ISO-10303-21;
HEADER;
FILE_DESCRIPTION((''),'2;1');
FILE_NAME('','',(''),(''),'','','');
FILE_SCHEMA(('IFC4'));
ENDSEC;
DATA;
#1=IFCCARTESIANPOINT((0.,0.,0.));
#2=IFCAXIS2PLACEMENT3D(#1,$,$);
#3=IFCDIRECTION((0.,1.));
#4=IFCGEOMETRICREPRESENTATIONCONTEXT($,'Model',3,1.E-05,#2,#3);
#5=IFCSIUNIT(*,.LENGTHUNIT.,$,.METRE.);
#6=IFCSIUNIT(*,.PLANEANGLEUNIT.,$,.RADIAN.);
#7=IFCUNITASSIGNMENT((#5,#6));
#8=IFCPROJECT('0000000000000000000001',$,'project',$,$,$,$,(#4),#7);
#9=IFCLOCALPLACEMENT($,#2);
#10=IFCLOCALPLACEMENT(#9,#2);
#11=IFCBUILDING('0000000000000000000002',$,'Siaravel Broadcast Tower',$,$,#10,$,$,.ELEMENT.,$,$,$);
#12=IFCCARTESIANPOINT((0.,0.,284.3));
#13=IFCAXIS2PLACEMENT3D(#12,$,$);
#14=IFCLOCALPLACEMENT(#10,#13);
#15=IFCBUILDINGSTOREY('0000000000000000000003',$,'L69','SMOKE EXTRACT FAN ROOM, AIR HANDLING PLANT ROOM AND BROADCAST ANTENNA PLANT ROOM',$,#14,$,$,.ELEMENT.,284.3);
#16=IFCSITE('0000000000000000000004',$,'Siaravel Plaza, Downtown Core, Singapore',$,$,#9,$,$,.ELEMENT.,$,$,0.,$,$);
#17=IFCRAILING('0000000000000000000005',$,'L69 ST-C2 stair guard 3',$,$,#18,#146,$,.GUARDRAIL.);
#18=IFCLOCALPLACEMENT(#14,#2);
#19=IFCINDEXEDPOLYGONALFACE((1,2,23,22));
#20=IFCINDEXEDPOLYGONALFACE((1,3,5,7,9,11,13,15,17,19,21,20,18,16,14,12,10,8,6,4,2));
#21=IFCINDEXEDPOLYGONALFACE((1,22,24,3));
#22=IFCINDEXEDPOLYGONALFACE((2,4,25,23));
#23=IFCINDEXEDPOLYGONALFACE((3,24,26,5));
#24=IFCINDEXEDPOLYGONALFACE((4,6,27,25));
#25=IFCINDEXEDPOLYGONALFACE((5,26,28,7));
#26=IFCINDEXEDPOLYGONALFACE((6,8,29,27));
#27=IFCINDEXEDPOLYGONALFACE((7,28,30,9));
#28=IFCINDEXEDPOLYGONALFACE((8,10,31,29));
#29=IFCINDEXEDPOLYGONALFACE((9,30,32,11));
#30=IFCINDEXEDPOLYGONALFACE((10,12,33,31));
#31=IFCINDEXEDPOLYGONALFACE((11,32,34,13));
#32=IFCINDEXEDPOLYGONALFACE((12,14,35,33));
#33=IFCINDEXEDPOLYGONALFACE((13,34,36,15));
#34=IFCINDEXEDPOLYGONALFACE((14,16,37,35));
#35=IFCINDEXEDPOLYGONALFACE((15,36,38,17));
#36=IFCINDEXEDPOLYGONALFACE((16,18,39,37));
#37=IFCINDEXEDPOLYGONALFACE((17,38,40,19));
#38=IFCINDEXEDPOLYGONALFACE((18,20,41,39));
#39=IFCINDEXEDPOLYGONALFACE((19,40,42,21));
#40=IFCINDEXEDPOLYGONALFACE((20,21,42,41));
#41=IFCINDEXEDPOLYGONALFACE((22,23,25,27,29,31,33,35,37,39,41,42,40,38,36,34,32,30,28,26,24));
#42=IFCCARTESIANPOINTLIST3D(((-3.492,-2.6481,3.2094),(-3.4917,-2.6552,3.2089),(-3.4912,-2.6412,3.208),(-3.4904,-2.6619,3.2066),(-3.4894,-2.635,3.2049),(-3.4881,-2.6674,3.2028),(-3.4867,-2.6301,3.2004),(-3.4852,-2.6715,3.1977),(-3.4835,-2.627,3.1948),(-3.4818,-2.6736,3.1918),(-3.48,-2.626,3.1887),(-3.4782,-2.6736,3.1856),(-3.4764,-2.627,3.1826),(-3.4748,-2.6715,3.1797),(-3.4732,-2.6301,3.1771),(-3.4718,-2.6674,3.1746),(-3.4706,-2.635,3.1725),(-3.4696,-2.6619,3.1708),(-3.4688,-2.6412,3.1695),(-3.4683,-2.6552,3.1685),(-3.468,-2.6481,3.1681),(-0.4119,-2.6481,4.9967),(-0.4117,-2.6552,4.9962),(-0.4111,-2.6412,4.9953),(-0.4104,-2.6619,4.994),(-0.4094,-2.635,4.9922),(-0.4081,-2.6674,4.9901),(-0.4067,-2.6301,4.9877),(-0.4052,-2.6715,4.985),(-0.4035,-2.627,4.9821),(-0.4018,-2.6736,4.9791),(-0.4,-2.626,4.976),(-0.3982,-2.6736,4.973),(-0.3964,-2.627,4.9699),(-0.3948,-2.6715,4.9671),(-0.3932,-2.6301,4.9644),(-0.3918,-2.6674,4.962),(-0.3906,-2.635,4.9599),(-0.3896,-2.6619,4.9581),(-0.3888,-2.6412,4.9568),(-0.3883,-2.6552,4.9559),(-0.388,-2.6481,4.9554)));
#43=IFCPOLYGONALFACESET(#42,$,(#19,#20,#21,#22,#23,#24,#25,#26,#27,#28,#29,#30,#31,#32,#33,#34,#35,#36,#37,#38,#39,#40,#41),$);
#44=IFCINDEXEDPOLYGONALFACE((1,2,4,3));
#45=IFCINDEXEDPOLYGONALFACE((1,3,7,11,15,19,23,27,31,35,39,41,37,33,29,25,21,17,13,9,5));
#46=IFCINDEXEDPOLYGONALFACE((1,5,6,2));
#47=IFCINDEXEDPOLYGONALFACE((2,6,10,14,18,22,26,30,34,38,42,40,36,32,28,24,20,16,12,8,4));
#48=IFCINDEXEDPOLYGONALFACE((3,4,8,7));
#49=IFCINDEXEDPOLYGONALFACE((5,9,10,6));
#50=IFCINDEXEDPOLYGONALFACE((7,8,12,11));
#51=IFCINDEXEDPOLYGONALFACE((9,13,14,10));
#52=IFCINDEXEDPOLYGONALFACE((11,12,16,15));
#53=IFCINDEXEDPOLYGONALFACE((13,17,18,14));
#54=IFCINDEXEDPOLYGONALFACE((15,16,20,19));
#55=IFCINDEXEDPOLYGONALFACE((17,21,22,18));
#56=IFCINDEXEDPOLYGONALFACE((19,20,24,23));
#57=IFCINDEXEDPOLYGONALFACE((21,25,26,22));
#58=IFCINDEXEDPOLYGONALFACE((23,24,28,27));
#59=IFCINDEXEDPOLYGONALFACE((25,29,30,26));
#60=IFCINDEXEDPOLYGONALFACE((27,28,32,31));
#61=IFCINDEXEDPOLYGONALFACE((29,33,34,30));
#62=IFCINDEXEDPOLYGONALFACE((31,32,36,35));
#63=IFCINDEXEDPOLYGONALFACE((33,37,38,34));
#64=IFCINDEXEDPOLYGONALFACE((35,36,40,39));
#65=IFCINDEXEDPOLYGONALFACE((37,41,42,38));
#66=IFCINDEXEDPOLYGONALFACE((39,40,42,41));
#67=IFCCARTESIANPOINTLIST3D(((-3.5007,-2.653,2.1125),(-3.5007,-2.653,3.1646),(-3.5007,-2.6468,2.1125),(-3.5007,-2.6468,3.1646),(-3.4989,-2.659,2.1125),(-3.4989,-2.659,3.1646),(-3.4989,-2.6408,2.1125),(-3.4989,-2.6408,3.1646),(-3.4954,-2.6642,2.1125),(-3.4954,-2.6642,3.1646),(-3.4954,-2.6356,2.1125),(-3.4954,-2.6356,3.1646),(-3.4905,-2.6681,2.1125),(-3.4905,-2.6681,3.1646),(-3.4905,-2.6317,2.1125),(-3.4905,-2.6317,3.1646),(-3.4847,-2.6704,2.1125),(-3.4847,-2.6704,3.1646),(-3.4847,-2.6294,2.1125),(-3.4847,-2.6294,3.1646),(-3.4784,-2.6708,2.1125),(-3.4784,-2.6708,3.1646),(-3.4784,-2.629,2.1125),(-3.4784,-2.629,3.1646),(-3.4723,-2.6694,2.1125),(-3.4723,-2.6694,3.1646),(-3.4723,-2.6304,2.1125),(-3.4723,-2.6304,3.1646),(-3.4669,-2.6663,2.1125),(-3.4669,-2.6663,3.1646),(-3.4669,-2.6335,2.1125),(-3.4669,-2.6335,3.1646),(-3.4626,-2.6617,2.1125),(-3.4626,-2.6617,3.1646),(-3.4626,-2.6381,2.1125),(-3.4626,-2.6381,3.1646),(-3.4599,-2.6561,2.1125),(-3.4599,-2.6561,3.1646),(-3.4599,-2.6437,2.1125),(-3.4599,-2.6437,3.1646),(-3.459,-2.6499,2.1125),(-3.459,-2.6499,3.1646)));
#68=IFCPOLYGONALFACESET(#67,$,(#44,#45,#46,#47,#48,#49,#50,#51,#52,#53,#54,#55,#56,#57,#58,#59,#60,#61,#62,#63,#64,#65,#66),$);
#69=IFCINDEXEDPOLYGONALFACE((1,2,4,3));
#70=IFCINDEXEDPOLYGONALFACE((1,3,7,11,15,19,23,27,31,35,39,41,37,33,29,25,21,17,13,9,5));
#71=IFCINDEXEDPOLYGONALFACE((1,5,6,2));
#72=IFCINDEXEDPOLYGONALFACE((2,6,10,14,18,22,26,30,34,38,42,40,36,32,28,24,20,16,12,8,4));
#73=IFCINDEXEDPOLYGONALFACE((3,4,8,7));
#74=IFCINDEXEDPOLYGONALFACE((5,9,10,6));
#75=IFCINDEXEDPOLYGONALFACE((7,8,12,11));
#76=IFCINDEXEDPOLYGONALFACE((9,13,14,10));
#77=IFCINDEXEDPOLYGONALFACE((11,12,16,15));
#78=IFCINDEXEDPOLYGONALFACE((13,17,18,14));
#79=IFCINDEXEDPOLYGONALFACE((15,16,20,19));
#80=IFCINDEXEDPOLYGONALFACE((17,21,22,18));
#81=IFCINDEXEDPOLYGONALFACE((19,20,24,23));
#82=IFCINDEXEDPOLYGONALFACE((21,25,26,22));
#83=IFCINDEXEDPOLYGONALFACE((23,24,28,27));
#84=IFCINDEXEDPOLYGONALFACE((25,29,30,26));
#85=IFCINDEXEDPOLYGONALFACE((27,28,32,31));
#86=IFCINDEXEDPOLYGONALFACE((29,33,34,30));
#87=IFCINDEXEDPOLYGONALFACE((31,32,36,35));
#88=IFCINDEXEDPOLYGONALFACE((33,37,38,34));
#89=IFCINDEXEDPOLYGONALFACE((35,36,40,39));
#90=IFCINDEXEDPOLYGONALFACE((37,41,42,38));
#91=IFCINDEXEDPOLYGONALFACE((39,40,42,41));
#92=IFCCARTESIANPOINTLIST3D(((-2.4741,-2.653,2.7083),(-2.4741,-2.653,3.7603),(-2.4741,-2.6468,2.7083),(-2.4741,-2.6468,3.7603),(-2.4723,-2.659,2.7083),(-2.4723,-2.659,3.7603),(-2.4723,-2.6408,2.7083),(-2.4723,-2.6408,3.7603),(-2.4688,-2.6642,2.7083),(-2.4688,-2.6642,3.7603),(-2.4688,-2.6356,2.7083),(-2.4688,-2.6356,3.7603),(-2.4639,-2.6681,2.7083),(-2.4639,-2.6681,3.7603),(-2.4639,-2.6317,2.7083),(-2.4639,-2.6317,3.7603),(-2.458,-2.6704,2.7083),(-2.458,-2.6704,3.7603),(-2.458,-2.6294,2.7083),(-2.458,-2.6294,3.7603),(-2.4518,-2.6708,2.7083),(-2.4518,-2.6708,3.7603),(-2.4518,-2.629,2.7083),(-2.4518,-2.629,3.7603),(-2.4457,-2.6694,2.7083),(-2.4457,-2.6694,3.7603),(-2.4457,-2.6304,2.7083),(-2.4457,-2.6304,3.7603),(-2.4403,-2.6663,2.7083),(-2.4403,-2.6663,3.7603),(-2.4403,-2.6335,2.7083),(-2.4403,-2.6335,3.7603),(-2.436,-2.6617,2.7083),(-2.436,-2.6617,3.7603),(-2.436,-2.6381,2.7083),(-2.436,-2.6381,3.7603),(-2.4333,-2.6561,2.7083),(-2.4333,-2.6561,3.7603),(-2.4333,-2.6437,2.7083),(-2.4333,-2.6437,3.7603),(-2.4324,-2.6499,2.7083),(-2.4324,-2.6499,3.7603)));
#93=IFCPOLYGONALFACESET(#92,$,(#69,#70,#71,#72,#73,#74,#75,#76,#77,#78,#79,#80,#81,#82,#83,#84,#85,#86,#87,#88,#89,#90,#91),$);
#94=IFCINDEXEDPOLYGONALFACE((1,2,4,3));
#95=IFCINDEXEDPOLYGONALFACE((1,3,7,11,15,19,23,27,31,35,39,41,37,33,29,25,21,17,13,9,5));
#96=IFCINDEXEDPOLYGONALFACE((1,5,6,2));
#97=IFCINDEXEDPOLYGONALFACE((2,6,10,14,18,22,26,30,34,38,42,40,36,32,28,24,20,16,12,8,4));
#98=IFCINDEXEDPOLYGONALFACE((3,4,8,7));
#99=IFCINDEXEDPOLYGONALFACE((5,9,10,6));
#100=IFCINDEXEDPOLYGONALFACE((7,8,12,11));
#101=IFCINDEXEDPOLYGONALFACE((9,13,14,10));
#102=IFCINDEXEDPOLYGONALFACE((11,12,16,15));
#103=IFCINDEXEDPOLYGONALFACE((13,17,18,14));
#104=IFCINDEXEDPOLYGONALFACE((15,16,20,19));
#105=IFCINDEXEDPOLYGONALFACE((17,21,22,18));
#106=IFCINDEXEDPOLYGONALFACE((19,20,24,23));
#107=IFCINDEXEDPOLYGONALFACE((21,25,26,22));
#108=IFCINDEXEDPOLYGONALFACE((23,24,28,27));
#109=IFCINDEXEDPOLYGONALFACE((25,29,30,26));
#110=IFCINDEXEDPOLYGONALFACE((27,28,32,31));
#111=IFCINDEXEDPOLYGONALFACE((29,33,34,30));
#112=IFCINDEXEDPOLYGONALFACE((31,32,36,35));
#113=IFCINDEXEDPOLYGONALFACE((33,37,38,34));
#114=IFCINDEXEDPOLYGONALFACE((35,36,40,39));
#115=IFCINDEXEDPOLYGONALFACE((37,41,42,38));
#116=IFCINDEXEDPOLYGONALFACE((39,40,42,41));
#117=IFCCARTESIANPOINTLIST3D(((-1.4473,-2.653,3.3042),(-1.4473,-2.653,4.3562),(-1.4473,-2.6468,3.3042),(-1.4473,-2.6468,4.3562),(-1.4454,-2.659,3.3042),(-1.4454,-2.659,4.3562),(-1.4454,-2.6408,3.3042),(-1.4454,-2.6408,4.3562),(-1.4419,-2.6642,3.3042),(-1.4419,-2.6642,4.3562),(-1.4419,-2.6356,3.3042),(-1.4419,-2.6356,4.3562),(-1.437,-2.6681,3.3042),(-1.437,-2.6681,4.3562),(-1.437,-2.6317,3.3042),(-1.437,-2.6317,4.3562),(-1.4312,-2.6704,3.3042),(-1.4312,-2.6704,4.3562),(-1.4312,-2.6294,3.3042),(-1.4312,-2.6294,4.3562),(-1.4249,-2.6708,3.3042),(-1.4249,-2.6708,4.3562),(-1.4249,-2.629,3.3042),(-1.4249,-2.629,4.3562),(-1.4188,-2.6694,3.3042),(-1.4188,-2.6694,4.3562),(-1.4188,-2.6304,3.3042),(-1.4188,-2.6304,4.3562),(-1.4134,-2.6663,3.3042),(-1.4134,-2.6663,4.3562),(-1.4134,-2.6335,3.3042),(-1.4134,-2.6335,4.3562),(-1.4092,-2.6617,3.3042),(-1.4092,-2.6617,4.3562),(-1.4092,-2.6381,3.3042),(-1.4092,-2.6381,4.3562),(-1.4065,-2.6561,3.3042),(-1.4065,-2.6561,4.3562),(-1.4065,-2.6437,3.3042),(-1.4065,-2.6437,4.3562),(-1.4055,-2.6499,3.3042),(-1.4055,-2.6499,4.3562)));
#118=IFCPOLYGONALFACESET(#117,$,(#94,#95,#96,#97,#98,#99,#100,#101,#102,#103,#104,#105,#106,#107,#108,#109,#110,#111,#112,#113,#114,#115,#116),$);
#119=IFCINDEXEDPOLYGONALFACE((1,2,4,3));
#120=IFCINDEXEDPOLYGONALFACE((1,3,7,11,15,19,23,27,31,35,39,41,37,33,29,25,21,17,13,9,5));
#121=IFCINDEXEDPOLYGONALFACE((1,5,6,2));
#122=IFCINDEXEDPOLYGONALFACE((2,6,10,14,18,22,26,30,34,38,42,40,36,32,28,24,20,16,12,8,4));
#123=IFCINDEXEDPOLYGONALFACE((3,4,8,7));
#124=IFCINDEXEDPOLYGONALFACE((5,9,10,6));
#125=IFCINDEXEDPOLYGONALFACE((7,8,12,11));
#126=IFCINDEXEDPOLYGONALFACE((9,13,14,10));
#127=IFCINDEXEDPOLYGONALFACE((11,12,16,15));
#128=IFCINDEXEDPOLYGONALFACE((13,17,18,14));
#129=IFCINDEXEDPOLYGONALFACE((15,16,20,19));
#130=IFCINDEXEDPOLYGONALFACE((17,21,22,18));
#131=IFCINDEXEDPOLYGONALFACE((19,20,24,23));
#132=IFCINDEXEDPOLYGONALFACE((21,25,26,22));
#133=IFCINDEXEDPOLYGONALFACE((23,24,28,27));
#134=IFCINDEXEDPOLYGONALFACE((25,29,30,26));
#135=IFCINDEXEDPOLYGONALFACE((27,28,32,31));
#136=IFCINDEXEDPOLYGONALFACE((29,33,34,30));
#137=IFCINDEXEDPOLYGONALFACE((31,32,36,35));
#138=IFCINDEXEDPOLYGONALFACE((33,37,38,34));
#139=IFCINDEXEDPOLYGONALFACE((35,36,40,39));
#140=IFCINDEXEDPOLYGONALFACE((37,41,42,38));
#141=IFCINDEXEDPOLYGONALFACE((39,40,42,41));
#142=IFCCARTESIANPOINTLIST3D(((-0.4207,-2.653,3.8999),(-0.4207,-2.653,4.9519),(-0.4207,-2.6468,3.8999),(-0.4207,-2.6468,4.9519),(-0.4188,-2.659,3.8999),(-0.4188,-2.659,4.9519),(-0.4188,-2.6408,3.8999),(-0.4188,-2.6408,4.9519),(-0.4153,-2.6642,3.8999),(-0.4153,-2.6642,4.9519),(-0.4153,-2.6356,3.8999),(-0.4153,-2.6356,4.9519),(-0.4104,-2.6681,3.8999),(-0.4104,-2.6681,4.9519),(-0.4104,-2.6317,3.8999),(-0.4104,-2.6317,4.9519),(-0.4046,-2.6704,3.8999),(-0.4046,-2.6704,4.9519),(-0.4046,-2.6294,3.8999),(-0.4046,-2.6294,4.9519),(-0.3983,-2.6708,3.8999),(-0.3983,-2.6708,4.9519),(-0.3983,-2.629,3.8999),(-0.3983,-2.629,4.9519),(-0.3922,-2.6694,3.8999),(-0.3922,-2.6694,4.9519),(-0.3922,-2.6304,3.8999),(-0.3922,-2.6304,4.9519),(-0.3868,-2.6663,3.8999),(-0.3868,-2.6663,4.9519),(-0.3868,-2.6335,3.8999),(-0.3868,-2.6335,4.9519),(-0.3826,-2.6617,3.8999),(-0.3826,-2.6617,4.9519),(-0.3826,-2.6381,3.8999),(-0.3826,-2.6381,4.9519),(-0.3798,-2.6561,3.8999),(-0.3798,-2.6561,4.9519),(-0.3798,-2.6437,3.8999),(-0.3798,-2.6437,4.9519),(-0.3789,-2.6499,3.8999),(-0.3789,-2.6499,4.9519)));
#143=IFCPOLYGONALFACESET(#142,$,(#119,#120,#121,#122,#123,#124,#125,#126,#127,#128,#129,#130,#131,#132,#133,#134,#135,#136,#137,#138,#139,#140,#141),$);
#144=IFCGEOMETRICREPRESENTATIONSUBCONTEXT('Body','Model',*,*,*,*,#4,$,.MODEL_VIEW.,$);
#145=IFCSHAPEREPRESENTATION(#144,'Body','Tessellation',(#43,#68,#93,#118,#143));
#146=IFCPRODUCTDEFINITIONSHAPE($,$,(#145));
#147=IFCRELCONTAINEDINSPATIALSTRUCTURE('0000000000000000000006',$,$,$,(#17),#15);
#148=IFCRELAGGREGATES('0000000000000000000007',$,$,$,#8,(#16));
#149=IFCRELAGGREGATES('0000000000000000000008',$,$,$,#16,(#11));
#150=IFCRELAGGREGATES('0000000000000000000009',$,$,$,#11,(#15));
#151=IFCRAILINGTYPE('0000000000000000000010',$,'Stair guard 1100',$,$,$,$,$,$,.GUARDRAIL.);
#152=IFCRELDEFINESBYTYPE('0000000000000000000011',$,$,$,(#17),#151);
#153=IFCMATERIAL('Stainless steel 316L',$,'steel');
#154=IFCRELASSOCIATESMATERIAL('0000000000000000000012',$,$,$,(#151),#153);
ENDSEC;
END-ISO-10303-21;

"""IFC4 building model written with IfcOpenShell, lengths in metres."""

from ifc_helpers import new_model, si_unit, direction, frame, origin, origin_2d, place, context, subcontext, project, spatial, circle, extrude, material, type_object, element, save


model = new_model("IFC4")

# Units and contexts
model_context = context("Model", 3, precision=1e-05, world=origin(), true_north=direction((0.0, 1.0)))
body_context = subcontext(model_context, "Body", "Model", "MODEL_VIEW")
ifc_project = project(units=[si_unit("LENGTHUNIT", "METRE"), si_unit("PLANEANGLEUNIT", "RADIAN")], contexts=[model_context])

# Site, building, storey
site_placement = place(None, origin())
site = spatial("IfcSite", under=ifc_project, at=site_placement, Name="Siaravel Plaza, Downtown Core, Singapore", CompositionType="ELEMENT", RefElevation=0.0)
building_placement = place(site_placement, origin())
building = spatial("IfcBuilding", under=site, at=building_placement, Name="Siaravel Broadcast Tower", CompositionType="ELEMENT")
storey_placement = place(building_placement, frame((0.0, 0.0, 284.3)))
storey = spatial("IfcBuildingStorey", under=building, at=storey_placement, Name="L69", Description="SMOKE EXTRACT FAN ROOM, AIR HANDLING PLANT ROOM AND BROADCAST ANTENNA PLANT ROOM", CompositionType="ELEMENT", Elevation=284.3)

# Shared definitions
ifc_material_1 = material(Name="Stainless steel 316L", Category="steel")

# Railing
railing_type_1 = type_object("IfcRailingType", Name="Stair guard 1100", PredefinedType="GUARDRAIL", material=ifc_material_1)
railing_1_placement = place(storey_placement, frame((-3.48, -2.6499, 2.1125)))
element("IfcRailing", 1, at=railing_1_placement, inside=storey, type_object=railing_type_1, Name="L69 ST-C2 stair guard 3", PredefinedType="GUARDRAIL", context=body_context, shape_type="SweptSolid", body=[
    extrude(circle(Radius=0.0239, at=origin_2d()), frame((0.0, 0.0, 1.0762), z_axis=(0.86492, 0.0, 0.501909), x_axis=(0.0, 1.0, 0.0)), (0.0, 0.0, 1.0), 3.561),
    extrude(circle(Radius=0.021, at=origin_2d()), origin(), (0.0, 0.0, 1.0), 1.052),
    extrude(circle(Radius=0.021, at=origin_2d()), frame((1.0266, 0.0, 0.5957)), (0.0, 0.0, 1.0), 1.052),
    extrude(circle(Radius=0.021, at=origin_2d()), frame((2.0535, 0.0, 1.1917)), (0.0, 0.0, 1.0), 1.052),
    extrude(circle(Radius=0.021, at=origin_2d()), frame((3.0801, 0.0, 1.7874)), (0.0, 0.0, 1.0), 1.052),
])

save(model, "model.ifc")
